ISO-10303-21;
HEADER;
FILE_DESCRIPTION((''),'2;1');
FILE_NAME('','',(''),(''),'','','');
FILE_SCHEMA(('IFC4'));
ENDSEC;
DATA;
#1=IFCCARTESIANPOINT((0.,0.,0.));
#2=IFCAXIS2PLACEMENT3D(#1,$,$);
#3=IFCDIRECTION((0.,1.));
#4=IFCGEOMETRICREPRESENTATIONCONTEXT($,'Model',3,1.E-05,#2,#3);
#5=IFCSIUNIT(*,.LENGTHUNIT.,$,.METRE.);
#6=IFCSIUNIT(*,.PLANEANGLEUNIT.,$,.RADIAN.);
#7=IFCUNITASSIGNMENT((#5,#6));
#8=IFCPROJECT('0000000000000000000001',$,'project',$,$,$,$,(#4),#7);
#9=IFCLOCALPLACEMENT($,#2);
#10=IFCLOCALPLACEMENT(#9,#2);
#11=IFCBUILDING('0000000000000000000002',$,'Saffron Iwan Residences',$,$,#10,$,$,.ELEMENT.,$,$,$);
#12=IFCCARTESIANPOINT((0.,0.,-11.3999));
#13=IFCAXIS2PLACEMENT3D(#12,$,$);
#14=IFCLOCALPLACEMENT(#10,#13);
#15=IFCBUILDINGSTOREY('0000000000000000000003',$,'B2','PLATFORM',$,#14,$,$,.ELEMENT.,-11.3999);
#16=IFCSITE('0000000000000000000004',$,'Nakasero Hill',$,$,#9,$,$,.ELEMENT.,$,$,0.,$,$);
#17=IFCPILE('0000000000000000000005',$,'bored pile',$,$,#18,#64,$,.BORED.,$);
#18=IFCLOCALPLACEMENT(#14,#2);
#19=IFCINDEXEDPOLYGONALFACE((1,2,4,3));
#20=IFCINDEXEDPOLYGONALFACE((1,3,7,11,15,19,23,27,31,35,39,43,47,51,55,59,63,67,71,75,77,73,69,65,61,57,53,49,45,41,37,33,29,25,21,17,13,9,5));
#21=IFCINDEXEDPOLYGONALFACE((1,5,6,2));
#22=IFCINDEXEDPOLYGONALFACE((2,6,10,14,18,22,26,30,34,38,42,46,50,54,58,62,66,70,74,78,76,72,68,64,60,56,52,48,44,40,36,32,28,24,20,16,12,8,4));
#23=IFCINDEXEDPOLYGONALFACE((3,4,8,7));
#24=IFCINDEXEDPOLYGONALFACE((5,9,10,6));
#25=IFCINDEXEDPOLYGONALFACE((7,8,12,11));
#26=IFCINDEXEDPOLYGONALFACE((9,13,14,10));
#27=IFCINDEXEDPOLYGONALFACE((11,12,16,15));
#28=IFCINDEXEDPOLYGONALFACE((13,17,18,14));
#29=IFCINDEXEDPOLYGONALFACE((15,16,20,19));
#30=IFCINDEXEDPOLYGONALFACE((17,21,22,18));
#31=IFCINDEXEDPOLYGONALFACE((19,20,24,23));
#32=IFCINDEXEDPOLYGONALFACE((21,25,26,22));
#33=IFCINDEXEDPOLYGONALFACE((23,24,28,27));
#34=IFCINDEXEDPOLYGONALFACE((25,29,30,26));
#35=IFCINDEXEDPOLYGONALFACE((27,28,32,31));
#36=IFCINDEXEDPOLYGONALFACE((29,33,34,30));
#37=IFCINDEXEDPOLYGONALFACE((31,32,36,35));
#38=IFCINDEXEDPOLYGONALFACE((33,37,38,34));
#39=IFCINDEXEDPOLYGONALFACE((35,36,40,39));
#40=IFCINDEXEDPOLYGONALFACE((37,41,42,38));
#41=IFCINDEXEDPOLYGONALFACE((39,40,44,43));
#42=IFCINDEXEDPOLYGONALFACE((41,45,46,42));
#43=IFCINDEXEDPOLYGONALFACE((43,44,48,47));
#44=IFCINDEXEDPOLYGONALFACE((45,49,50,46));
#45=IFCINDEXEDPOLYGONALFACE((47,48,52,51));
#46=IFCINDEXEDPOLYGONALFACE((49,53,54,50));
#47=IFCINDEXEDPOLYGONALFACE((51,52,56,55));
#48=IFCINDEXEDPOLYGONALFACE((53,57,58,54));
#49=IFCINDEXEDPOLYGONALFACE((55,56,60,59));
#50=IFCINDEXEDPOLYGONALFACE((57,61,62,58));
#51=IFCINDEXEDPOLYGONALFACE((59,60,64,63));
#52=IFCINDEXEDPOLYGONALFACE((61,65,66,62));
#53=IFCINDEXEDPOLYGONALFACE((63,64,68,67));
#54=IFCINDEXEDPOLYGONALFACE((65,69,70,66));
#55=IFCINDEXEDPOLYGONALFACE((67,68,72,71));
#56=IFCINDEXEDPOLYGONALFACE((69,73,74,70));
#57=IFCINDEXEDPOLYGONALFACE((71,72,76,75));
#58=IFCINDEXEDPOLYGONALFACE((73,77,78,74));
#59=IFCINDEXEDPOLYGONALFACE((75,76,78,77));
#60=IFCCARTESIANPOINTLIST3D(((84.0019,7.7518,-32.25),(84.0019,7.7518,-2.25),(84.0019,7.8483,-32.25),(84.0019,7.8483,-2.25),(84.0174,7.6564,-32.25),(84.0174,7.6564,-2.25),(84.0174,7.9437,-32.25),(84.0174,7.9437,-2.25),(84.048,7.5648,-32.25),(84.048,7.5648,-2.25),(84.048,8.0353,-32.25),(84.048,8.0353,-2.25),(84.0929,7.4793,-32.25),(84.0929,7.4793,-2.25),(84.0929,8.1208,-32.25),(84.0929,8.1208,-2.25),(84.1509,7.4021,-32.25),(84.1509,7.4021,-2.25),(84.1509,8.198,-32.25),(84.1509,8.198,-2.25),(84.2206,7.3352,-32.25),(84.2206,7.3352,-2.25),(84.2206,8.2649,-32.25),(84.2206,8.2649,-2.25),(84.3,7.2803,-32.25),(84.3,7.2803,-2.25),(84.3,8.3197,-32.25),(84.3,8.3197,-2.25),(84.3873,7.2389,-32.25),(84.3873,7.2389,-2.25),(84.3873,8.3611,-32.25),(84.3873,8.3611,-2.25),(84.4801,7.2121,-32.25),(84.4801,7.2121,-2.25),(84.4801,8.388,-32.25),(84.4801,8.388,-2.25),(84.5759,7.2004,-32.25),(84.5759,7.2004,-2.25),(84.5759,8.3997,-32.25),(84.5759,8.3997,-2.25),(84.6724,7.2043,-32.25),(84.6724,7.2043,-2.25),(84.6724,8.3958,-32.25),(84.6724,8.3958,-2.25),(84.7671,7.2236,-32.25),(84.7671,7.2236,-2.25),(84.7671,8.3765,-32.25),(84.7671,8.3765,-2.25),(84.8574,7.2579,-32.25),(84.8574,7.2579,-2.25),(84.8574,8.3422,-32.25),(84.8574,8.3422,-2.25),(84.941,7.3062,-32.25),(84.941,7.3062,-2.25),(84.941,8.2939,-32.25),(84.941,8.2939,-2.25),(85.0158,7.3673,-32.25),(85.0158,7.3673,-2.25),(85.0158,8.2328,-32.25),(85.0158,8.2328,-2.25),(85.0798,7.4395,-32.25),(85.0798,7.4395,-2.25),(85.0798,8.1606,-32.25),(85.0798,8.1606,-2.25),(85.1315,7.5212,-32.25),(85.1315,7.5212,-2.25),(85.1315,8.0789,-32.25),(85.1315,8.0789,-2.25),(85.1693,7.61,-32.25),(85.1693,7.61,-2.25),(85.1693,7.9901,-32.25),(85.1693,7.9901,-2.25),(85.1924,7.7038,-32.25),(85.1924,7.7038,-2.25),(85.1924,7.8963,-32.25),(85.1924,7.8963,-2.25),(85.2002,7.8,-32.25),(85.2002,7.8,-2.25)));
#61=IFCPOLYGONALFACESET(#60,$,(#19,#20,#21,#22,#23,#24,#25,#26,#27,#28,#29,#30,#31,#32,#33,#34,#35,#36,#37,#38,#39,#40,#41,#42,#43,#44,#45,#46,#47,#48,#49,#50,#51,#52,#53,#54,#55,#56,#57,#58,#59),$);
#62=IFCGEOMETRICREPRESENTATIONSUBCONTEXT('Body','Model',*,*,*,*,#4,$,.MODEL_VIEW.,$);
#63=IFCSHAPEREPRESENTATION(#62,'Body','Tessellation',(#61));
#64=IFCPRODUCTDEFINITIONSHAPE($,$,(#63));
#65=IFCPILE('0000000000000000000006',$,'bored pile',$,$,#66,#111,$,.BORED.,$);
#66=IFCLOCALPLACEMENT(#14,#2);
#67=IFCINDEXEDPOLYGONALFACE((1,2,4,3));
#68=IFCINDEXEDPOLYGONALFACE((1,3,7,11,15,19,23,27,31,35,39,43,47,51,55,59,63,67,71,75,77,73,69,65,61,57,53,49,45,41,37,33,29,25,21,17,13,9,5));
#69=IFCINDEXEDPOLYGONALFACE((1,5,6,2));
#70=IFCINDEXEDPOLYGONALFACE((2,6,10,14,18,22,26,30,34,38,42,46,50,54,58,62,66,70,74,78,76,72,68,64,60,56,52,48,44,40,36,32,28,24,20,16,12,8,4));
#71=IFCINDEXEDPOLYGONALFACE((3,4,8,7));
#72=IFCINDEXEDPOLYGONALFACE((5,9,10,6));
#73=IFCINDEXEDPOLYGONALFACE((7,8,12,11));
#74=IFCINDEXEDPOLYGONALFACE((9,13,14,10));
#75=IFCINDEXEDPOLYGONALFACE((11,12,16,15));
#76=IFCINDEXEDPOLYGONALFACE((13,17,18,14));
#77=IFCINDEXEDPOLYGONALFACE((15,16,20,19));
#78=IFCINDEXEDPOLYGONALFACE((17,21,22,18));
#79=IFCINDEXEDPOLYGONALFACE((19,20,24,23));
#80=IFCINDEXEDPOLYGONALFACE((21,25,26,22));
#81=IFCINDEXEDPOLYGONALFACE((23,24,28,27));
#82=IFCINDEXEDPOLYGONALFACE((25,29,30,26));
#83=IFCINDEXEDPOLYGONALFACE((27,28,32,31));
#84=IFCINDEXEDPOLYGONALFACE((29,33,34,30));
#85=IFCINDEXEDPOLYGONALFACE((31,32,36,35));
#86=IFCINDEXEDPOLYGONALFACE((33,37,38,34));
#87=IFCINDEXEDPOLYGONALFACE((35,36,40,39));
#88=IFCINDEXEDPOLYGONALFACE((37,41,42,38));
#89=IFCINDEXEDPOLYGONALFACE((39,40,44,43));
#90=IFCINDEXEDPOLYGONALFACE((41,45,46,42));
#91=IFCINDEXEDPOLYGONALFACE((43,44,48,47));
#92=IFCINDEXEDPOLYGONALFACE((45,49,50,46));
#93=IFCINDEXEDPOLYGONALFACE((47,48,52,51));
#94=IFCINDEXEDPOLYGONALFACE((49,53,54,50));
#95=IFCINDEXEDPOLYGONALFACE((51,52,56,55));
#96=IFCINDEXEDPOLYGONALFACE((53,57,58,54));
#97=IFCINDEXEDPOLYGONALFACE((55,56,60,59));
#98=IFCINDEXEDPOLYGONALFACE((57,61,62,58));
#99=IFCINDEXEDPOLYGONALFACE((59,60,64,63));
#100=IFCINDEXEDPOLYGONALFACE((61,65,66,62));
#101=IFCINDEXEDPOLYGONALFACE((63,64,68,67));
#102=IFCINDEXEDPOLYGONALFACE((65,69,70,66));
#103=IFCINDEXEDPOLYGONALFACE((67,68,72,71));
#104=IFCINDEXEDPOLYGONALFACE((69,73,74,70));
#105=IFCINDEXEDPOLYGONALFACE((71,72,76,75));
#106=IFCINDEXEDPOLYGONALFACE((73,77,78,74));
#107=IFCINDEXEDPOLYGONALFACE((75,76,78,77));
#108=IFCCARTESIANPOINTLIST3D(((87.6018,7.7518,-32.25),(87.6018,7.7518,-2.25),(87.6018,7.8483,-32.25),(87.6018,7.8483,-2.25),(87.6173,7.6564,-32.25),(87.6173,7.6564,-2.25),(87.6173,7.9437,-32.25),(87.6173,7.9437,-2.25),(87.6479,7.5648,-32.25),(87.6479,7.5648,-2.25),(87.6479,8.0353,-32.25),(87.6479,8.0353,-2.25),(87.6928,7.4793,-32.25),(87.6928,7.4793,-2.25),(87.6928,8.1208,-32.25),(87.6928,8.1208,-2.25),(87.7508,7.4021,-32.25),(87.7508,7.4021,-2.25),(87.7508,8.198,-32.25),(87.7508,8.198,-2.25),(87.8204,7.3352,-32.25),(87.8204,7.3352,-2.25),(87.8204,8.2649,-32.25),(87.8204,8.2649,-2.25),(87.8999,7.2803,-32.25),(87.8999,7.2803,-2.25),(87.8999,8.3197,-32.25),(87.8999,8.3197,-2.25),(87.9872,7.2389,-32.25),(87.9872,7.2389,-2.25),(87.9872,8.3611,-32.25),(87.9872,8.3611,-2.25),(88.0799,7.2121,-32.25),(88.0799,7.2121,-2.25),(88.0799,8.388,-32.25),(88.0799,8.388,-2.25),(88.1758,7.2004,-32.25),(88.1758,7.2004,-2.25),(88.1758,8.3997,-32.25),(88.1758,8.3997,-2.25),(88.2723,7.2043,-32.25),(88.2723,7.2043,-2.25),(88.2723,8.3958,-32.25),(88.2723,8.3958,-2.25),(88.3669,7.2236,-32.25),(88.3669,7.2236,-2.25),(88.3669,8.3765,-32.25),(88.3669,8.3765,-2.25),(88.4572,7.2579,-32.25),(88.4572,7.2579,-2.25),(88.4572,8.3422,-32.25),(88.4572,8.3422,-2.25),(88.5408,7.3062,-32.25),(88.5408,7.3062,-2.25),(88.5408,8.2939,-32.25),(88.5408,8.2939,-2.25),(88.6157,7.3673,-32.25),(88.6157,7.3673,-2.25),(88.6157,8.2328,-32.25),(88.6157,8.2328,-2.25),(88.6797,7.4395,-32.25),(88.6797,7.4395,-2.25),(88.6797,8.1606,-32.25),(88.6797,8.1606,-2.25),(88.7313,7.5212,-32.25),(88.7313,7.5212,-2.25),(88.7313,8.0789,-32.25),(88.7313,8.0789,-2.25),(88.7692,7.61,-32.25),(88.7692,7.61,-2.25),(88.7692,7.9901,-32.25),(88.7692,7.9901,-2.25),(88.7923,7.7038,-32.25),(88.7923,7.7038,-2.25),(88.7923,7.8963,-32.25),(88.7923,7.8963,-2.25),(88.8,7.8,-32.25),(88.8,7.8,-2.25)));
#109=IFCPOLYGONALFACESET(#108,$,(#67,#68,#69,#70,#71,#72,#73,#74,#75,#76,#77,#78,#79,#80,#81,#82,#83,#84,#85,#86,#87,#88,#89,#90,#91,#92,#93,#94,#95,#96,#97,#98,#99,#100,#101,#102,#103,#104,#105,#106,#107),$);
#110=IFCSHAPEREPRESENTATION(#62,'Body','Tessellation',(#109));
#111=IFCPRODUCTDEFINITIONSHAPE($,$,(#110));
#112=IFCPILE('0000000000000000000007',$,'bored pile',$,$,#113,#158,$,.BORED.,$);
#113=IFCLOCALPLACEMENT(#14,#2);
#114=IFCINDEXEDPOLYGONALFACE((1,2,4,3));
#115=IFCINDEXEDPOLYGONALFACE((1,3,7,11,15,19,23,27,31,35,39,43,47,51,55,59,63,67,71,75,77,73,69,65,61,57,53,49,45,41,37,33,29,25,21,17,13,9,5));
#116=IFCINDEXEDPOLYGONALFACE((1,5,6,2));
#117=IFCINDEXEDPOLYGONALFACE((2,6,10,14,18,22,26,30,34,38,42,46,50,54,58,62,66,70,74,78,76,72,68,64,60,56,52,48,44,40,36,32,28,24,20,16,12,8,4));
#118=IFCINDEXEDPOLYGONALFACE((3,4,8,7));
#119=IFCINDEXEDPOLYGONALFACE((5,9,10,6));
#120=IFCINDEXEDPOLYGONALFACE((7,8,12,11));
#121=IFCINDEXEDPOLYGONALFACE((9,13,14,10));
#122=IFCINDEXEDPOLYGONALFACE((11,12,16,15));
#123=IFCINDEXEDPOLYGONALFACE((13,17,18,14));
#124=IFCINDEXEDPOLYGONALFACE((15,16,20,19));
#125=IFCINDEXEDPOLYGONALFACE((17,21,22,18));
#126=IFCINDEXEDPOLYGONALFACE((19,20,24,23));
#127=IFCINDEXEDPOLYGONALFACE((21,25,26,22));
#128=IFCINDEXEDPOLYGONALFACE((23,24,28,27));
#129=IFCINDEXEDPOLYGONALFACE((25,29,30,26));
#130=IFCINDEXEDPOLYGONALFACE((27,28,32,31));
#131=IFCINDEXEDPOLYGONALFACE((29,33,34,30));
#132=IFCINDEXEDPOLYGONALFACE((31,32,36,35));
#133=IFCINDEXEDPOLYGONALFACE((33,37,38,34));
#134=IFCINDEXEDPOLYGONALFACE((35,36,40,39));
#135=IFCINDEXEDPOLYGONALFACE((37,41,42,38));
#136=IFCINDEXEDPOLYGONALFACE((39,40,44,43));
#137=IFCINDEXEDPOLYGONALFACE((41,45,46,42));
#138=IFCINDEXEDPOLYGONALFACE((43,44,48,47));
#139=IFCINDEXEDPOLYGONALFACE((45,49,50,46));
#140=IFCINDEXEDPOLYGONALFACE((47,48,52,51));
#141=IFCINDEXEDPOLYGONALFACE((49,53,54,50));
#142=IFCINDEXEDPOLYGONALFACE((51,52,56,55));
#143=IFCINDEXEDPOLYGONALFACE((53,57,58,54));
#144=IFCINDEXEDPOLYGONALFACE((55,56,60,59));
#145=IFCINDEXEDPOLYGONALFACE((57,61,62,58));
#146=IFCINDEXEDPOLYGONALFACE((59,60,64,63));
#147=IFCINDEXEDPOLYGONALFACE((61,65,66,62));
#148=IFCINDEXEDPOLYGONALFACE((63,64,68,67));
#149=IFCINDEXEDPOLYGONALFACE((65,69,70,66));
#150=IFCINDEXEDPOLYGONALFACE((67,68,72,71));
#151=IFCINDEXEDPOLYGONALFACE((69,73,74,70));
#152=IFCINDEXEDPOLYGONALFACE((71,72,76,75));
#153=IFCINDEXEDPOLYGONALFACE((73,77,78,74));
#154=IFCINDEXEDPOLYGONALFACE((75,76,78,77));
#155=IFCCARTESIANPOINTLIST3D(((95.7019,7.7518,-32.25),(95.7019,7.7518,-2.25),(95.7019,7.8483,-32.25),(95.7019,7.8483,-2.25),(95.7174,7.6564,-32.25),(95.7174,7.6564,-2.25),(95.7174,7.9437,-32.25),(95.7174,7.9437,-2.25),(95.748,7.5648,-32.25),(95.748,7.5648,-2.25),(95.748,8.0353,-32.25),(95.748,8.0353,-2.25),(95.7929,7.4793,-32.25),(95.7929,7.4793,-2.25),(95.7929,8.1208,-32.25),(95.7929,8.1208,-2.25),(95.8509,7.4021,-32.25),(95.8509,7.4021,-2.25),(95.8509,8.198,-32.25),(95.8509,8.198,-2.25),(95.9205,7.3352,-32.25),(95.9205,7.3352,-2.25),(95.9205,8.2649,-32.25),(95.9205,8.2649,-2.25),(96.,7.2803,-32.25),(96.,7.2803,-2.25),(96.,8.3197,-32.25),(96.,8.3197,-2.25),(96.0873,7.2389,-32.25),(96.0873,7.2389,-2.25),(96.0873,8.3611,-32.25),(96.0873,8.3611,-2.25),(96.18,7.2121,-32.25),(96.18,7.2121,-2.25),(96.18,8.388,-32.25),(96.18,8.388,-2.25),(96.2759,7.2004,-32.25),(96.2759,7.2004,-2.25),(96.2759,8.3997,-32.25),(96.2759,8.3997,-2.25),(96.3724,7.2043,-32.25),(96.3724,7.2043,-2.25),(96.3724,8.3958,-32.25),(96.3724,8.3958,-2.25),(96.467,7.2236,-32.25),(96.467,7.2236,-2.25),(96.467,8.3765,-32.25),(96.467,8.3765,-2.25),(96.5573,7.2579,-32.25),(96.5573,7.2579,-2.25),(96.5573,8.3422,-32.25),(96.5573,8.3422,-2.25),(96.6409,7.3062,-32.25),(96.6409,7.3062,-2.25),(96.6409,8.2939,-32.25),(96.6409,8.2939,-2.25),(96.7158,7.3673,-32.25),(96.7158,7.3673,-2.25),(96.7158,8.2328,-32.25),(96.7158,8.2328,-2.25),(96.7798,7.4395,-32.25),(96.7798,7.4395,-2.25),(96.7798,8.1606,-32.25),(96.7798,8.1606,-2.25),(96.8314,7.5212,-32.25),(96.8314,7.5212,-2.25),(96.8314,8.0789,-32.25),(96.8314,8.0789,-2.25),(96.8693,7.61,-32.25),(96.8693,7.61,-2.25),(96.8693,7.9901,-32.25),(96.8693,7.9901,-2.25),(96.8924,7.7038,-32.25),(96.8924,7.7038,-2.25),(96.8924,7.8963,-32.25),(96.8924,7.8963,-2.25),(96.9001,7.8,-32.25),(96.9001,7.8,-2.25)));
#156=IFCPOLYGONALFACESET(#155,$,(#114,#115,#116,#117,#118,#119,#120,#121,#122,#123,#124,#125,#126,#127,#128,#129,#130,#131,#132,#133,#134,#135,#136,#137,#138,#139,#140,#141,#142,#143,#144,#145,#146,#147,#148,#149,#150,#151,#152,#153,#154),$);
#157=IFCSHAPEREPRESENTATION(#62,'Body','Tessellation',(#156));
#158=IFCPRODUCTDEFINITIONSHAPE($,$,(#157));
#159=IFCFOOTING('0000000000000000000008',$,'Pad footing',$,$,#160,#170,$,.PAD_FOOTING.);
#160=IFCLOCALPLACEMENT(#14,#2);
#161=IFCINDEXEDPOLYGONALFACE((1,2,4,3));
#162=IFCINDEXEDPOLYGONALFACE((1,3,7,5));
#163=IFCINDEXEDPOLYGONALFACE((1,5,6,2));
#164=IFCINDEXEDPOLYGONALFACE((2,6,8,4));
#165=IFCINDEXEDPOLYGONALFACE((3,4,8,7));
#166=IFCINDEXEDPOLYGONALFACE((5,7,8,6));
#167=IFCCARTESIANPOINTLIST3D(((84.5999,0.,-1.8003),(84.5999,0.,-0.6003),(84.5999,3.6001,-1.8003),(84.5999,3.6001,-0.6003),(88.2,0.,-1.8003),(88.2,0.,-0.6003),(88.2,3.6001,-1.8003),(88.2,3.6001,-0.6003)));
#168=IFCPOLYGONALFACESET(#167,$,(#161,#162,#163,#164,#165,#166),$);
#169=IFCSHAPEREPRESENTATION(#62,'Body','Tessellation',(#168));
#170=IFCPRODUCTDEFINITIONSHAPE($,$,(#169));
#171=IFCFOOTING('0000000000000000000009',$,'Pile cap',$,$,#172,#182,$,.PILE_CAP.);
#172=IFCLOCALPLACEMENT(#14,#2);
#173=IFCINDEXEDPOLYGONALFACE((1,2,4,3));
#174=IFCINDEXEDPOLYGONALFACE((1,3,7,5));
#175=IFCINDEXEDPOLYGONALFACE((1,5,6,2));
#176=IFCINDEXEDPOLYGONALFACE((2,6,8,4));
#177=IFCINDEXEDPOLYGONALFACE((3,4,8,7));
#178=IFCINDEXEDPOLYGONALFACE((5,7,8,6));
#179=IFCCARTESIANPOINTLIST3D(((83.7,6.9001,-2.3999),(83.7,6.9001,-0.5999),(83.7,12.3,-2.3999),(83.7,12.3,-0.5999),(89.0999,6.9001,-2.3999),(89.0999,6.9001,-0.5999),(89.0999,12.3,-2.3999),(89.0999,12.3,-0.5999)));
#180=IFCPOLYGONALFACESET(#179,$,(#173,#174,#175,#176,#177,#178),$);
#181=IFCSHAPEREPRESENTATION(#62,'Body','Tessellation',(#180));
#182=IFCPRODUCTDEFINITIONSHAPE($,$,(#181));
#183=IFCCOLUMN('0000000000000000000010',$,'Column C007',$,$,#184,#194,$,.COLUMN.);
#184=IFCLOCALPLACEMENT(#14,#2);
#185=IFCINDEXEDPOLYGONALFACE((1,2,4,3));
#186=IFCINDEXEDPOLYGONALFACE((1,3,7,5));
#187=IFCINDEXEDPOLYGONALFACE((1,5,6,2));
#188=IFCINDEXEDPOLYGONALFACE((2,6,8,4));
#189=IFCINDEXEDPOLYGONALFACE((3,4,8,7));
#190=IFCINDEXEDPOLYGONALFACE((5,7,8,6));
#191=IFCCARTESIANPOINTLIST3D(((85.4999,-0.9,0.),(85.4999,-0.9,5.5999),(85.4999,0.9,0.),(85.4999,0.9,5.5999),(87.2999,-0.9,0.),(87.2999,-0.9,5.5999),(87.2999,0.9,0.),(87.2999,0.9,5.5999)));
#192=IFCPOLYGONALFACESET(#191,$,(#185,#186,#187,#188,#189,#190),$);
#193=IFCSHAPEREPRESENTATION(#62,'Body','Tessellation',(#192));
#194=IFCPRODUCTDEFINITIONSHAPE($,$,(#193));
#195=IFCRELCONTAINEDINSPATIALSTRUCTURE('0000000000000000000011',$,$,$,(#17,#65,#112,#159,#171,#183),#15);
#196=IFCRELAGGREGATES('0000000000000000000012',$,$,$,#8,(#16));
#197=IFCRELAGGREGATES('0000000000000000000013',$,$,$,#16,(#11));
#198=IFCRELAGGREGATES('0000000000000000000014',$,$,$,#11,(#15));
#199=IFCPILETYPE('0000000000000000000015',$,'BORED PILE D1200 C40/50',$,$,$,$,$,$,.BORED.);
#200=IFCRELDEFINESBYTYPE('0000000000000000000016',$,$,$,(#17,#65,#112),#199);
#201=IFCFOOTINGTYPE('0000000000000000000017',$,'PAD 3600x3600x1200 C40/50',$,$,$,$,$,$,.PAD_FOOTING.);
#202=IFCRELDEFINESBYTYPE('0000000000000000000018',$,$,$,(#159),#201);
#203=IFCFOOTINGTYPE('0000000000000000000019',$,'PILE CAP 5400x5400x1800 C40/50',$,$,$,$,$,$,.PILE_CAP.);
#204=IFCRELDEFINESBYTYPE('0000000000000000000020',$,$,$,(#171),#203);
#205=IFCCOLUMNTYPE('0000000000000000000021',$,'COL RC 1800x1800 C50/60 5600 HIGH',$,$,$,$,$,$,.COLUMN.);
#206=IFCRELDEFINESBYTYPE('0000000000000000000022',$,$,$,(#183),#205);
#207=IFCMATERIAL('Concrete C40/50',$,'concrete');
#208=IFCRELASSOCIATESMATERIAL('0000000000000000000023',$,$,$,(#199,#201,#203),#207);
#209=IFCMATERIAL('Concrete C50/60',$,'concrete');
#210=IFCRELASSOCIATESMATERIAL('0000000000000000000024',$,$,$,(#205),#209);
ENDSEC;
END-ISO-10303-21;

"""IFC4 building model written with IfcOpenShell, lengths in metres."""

from ifc_helpers import new_model, si_unit, direction, frame, origin, origin_2d, place, context, subcontext, project, spatial, rectangle, circle, extrude, source, transform, mapped, material, material_profile, profile_set, type_object, element, save


model = new_model("IFC4")

# Units and contexts
model_context = context("Model", 3, precision=1e-05, world=origin(), true_north=direction((0.0, 1.0)))
body_context = subcontext(model_context, "Body", "Model", "MODEL_VIEW")
ifc_project = project(units=[si_unit("LENGTHUNIT", "METRE"), si_unit("PLANEANGLEUNIT", "RADIAN")], contexts=[model_context])

# Site, building, storey
site_placement = place(None, origin())
site = spatial("IfcSite", under=ifc_project, at=site_placement, Name="Nakasero Hill", CompositionType="ELEMENT", RefElevation=0.0)
building_placement = place(site_placement, origin())
building = spatial("IfcBuilding", under=site, at=building_placement, Name="Saffron Iwan Residences", CompositionType="ELEMENT")
storey_placement = place(building_placement, frame((0.0, 0.0, -11.3999)))
storey = spatial("IfcBuildingStorey", under=building, at=storey_placement, Name="B2", Description="PLATFORM", CompositionType="ELEMENT", Elevation=-11.3999)

# Piles
ifc_material_1 = material(Name="Concrete C40/50", Category="concrete")
ifc_material_profile_1 = material_profile(ifc_material_1, circle(Radius=0.6001, at=origin_2d()), Name="RC D1200")
ifc_profile_set_1 = profile_set([ifc_material_profile_1], Name="Concrete C40/50")
pile_type = type_object("IfcPileType", Name="BORED PILE D1200 C40/50", PredefinedType="BORED", material=ifc_profile_set_1)
for number, where, z_axis, x_axis, name in (
    (1, (84.6001, 7.8, -2.25), (0.0, 0.0, -1.0), (1.0, 0.0, 0.0), "bored pile"),
    (2, (88.2, 7.8, -2.25), (0.0, 0.0, -1.0), (1.0, 0.0, 0.0), "bored pile"),
    (3, (96.3, 7.8, -2.25), (0.0, 0.0, -1.0), (1.0, 0.0, 0.0), "bored pile"),
):
    element("IfcPile", number, at=place(storey_placement, frame(where, z_axis=z_axis, x_axis=x_axis)), inside=storey, type_object=pile_type, Name=name, PredefinedType="BORED", context=body_context, shape_type="SweptSolid", body=[
        extrude(circle(Radius=0.6001, at=origin_2d()), origin(), (0.0, 0.0, 1.0), 30.0),
    ])

# Footings
footing_type_1 = type_object("IfcFootingType", Name="PAD 3600x3600x1200 C40/50", PredefinedType="PAD_FOOTING", material=ifc_material_1)
shared_shape_1 = source(origin(), body_context, "Body", "SweptSolid", [
    extrude(rectangle(XDim=3.6001, YDim=3.6001, at=origin_2d()), origin(), (0.0, 0.0, 1.0), 1.2),
])
footing_1_placement = place(storey_placement, frame((86.3999, 1.8, -1.8003), z_axis=(0.0, 0.0, 1.0), x_axis=(1.0, 0.0, 0.0)))
element("IfcFooting", 4, at=footing_1_placement, inside=storey, type_object=footing_type_1, Name="Pad footing", PredefinedType="PAD_FOOTING", context=body_context, shape_type="MappedRepresentation", body=[
    mapped(shared_shape_1, transform((0.0, 0.0, 0.0))),
])
footing_type_2 = type_object("IfcFootingType", Name="PILE CAP 5400x5400x1800 C40/50", PredefinedType="PILE_CAP", material=ifc_material_1)
shared_shape_2 = source(origin(), body_context, "Body", "SweptSolid", [
    extrude(rectangle(XDim=5.3999, YDim=5.3999, at=origin_2d()), origin(), (0.0, 0.0, 1.0), 1.8),
])
footing_2_placement = place(storey_placement, frame((86.3999, 9.6001, -2.3999), z_axis=(0.0, 0.0, 1.0), x_axis=(1.0, 0.0, 0.0)))
element("IfcFooting", 5, at=footing_2_placement, inside=storey, type_object=footing_type_2, Name="Pile cap", PredefinedType="PILE_CAP", context=body_context, shape_type="MappedRepresentation", body=[
    mapped(shared_shape_2, transform((0.0, 0.0, 0.0))),
])

# Column
ifc_material_2 = material(Name="Concrete C50/60", Category="concrete")
ifc_material_profile_2 = material_profile(ifc_material_2, rectangle(XDim=1.8, YDim=1.8, at=origin_2d()), Name="RC 1800x1800")
ifc_profile_set_2 = profile_set([ifc_material_profile_2], Name="Concrete C50/60")
column_type = type_object("IfcColumnType", Name="COL RC 1800x1800 C50/60 5600 HIGH", PredefinedType="COLUMN", material=ifc_profile_set_2)
shared_shape_3 = source(origin(), body_context, "Body", "SweptSolid", [
    extrude(rectangle(XDim=1.8, YDim=1.8, at=origin_2d()), origin(), (0.0, 0.0, 1.0), 5.5999),
])
for number, where, z_axis, x_axis, name in (
    (6, (86.3999, 0.0, 0.0), (0.0, 0.0, 1.0), (1.0, 0.0, 0.0), "Column C007"),
):
    element("IfcColumn", number, at=place(storey_placement, frame(where, z_axis=z_axis, x_axis=x_axis)), inside=storey, type_object=column_type, Name=name, PredefinedType="COLUMN", context=body_context, shape_type="MappedRepresentation", body=[
        mapped(shared_shape_3, transform((0.0, 0.0, 0.0))),
    ])

save(model, "model.ifc")
